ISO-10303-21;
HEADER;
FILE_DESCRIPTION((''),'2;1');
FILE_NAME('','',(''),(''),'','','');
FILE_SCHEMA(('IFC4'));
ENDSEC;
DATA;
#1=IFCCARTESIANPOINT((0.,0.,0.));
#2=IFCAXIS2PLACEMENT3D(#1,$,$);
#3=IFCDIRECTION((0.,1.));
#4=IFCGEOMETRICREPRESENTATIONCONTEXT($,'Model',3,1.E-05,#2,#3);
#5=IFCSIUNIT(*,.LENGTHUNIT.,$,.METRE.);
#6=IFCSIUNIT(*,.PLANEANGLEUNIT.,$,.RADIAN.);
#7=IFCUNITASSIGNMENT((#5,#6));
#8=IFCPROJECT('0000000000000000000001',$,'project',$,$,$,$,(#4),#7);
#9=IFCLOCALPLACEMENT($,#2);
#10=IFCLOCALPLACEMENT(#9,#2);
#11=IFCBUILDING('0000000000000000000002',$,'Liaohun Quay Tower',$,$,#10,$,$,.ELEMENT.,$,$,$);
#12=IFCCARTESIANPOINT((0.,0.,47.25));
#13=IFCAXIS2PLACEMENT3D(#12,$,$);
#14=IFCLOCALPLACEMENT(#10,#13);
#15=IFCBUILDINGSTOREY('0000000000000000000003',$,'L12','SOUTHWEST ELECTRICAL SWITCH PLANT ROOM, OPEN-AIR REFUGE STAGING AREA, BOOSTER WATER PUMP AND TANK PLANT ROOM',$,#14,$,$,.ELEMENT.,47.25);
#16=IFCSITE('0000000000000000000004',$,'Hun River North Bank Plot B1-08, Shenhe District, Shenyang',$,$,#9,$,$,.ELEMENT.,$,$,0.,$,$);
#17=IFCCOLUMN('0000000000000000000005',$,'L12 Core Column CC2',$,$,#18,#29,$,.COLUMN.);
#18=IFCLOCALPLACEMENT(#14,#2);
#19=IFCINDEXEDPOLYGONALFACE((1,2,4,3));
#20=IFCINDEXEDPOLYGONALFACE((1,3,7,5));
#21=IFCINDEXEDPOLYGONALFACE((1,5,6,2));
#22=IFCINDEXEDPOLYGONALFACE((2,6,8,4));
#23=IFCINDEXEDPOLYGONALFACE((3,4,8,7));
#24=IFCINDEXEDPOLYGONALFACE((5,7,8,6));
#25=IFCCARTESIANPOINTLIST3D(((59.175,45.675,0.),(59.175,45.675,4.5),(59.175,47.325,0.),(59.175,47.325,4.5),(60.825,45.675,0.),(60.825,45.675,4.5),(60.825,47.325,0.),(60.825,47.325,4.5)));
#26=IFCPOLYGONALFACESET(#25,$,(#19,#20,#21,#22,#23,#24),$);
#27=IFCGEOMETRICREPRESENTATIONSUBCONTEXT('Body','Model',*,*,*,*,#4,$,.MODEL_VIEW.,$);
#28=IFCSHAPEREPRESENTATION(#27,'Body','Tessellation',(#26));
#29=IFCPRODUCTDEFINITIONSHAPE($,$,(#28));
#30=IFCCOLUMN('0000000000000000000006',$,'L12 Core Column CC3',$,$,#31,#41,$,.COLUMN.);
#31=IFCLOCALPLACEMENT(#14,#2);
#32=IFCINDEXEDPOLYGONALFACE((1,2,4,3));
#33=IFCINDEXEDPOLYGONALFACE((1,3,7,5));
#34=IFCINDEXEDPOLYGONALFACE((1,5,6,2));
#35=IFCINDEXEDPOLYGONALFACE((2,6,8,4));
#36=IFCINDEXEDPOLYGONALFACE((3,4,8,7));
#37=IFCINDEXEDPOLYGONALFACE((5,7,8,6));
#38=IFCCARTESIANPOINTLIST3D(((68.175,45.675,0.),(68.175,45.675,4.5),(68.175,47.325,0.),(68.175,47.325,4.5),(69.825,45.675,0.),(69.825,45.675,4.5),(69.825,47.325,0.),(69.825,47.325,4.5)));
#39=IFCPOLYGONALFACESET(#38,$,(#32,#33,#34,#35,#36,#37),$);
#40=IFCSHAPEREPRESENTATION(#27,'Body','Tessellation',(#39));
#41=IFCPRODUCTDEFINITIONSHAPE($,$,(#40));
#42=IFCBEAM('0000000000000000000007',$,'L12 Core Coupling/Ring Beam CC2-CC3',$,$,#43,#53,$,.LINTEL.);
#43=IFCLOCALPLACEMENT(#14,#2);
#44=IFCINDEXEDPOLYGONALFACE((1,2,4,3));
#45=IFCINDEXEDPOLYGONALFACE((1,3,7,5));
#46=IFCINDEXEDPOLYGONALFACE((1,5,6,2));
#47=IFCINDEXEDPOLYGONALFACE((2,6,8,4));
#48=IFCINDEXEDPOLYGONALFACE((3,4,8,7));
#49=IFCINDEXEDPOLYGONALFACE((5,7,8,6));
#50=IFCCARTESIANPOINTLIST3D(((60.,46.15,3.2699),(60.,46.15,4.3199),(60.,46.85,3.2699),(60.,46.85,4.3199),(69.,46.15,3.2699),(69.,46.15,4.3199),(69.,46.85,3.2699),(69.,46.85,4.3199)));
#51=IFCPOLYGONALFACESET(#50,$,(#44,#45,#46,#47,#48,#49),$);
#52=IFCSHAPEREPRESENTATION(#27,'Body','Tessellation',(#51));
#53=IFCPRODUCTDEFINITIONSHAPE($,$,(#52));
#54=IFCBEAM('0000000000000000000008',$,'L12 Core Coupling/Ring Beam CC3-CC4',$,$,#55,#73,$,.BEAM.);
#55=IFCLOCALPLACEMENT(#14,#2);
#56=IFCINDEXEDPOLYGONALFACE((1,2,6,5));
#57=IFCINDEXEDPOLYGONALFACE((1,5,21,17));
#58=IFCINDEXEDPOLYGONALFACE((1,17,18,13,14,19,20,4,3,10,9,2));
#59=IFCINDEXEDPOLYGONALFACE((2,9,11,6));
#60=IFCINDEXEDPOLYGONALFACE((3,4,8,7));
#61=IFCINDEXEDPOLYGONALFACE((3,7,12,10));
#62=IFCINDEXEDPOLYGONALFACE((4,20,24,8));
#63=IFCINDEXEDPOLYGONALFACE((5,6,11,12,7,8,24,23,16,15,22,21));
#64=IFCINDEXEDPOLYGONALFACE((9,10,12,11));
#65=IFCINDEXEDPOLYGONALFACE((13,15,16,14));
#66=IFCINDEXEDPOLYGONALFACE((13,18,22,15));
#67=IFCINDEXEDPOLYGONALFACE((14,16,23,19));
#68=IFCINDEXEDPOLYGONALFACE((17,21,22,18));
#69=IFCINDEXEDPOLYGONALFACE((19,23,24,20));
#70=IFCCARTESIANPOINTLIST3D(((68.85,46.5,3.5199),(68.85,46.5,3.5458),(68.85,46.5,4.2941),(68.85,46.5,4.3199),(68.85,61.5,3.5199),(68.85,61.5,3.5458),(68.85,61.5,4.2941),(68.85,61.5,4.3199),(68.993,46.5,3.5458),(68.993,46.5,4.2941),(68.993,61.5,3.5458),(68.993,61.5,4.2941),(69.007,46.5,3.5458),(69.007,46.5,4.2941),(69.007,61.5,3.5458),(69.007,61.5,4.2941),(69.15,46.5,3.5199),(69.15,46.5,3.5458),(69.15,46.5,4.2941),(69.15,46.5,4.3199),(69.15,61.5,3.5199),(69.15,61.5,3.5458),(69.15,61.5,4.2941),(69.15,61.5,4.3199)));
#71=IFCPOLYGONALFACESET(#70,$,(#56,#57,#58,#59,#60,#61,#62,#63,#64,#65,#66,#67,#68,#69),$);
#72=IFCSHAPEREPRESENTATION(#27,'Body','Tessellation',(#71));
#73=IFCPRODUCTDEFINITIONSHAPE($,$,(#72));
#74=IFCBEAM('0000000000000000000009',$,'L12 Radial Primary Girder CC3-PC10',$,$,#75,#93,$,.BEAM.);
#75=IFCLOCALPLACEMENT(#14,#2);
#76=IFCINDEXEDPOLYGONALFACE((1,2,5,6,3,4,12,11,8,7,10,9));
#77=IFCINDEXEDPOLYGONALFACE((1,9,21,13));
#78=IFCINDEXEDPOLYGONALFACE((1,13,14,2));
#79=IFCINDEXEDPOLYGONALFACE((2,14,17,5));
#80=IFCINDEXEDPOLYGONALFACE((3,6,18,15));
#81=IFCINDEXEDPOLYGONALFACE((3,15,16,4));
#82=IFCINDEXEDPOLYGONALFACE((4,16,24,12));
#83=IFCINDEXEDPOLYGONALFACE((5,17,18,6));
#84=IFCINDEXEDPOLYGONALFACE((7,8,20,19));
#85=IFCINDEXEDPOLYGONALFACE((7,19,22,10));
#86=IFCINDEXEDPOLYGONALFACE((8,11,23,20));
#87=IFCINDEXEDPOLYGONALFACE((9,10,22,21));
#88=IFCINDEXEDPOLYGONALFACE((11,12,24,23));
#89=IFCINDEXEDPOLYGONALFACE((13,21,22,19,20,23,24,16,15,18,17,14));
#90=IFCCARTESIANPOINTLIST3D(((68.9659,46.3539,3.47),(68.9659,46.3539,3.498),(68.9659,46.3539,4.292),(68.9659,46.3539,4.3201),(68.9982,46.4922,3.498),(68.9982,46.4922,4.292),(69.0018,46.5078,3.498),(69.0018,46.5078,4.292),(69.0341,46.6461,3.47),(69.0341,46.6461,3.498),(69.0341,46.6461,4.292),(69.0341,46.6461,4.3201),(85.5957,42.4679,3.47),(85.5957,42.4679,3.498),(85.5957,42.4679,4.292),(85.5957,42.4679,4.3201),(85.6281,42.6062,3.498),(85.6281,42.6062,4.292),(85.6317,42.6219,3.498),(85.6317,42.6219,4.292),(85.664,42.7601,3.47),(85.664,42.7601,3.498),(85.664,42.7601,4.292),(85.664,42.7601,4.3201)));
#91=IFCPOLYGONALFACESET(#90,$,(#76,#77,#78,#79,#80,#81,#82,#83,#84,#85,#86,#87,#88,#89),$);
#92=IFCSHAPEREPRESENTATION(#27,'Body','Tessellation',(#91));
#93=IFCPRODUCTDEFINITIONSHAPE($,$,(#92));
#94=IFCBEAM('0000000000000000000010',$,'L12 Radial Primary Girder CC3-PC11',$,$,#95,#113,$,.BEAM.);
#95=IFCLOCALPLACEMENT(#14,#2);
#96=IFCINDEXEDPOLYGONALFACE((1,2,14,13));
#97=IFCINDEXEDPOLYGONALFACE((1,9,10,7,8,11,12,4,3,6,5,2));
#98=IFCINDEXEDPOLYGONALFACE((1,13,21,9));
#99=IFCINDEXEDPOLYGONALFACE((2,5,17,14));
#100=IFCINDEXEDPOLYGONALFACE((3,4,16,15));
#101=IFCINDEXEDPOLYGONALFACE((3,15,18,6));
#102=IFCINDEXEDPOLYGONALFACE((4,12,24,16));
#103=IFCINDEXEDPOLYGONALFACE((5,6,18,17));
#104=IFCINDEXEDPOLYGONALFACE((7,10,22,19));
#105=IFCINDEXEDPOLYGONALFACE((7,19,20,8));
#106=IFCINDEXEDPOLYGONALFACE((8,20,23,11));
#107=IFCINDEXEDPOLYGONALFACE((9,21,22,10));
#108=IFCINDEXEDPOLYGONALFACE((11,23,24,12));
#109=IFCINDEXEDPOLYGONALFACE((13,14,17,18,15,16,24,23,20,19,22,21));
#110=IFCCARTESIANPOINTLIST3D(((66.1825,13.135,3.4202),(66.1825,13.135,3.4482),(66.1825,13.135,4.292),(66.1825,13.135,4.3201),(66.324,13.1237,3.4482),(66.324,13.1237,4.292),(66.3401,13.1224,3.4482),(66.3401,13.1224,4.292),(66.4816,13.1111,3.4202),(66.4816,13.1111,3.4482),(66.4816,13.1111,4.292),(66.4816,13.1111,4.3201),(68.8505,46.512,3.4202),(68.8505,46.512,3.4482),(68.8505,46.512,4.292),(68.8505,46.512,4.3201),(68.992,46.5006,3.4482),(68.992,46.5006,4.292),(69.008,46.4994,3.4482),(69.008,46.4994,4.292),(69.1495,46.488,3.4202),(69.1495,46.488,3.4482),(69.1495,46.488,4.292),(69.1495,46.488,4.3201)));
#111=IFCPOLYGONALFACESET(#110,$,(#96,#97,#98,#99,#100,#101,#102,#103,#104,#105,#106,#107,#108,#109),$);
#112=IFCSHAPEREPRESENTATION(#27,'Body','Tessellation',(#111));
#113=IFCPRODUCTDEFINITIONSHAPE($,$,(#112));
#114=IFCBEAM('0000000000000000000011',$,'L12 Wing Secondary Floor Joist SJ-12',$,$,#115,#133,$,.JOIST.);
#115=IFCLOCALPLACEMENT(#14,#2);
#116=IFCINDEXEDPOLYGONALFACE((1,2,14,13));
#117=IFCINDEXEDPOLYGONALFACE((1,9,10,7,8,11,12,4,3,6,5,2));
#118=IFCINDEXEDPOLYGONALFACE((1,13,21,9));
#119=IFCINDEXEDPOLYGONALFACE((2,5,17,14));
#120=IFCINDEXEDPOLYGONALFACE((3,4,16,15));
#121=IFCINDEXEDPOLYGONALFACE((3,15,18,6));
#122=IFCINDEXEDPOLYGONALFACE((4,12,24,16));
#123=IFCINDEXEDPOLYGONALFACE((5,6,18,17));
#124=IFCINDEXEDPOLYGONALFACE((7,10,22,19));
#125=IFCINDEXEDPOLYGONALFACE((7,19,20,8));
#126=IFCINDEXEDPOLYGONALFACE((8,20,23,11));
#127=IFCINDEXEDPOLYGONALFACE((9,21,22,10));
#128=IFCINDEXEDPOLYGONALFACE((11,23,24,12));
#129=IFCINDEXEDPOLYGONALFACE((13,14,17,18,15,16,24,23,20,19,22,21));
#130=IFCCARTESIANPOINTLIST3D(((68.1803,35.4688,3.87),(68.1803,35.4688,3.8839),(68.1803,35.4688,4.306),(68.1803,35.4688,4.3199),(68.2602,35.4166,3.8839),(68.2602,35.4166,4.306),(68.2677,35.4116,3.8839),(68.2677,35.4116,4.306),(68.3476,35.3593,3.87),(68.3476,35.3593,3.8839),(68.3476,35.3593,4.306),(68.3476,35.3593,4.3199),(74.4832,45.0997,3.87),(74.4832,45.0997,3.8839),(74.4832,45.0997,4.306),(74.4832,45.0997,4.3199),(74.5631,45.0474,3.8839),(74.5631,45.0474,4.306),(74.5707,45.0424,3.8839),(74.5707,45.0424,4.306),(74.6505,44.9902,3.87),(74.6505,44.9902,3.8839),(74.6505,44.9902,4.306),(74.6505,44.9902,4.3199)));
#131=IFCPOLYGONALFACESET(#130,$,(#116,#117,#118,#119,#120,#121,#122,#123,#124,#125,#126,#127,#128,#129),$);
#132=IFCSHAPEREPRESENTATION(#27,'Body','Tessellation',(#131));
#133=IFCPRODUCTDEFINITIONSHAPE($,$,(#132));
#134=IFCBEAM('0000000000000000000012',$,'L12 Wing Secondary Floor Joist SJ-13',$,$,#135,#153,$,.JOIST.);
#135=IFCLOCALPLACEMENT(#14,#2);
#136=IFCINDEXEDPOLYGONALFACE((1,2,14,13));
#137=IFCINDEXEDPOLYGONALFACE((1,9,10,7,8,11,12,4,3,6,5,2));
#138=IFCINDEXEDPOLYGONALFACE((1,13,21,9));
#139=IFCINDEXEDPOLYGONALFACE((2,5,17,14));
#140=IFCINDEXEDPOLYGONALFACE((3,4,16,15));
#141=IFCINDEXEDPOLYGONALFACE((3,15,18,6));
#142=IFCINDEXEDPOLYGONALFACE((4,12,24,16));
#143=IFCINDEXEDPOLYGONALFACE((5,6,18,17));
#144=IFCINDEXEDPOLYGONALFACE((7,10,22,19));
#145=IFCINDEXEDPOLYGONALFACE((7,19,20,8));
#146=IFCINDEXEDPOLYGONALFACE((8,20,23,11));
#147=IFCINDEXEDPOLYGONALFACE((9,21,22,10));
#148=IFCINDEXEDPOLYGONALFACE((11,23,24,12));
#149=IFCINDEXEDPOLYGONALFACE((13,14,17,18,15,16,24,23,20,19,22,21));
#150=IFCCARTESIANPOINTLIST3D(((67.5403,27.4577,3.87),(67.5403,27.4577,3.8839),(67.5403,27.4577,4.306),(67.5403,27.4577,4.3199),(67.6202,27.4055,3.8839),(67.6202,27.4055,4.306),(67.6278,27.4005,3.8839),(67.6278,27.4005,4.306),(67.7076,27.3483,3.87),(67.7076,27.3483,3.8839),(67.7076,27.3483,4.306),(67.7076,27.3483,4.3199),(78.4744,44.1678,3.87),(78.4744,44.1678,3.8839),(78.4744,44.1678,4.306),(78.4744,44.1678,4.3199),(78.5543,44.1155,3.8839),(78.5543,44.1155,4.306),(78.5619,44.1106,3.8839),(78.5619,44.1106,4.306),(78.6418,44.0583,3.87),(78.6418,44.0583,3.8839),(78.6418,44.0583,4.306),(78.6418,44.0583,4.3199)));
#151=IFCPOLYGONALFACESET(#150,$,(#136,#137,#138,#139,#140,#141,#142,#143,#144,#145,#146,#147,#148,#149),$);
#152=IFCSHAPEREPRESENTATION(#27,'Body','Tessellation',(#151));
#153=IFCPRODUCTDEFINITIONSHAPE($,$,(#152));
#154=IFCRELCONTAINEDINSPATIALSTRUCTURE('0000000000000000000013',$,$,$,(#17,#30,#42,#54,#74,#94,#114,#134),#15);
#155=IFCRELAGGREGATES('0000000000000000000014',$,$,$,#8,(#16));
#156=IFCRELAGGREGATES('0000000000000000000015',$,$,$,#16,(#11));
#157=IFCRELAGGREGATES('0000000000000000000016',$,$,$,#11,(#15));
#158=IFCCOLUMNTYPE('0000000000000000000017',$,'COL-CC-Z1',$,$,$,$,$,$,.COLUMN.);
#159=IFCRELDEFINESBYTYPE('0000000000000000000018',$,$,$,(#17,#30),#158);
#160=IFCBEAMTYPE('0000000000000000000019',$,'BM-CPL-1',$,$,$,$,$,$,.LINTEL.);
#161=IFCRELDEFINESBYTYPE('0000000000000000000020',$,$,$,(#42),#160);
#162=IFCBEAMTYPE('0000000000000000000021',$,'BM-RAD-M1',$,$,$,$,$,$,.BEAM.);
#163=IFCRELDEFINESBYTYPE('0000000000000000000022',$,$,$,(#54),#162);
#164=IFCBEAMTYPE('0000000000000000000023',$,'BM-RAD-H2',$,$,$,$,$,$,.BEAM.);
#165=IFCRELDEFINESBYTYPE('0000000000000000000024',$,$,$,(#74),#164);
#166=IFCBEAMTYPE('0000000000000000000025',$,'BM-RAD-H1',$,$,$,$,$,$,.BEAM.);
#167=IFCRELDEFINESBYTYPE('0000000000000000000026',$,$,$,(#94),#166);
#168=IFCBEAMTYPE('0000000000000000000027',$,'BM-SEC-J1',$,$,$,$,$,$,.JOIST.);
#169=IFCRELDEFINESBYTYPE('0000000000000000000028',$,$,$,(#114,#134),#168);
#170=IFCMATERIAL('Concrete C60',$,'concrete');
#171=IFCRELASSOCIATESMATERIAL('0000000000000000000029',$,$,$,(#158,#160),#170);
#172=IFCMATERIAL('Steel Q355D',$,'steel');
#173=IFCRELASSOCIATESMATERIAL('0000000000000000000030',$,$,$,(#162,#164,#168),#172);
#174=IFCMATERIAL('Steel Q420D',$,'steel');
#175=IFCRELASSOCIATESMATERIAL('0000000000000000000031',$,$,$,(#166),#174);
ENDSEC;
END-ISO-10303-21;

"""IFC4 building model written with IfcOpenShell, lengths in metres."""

from ifc_helpers import new_model, si_unit, direction, frame, origin, origin_2d, place, context, subcontext, project, spatial, rectangle, i_section, extrude, source, transform, mapped, material, material_profile, profile_set, type_object, element, save


model = new_model("IFC4")

# Units and contexts
model_context = context("Model", 3, precision=1e-05, world=origin(), true_north=direction((0.0, 1.0)))
body_context = subcontext(model_context, "Body", "Model", "MODEL_VIEW")
ifc_project = project(units=[si_unit("LENGTHUNIT", "METRE"), si_unit("PLANEANGLEUNIT", "RADIAN")], contexts=[model_context])

# Site, building, storey
site_placement = place(None, origin())
site = spatial("IfcSite", under=ifc_project, at=site_placement, Name="Hun River North Bank Plot B1-08, Shenhe District, Shenyang", CompositionType="ELEMENT", RefElevation=0.0)
building_placement = place(site_placement, origin())
building = spatial("IfcBuilding", under=site, at=building_placement, Name="Liaohun Quay Tower", CompositionType="ELEMENT")
storey_placement = place(building_placement, frame((0.0, 0.0, 47.25)))
storey = spatial("IfcBuildingStorey", under=building, at=storey_placement, Name="L12", Description="SOUTHWEST ELECTRICAL SWITCH PLANT ROOM, OPEN-AIR REFUGE STAGING AREA, BOOSTER WATER PUMP AND TANK PLANT ROOM", CompositionType="ELEMENT", Elevation=47.25)

# Columns
ifc_material_1 = material(Name="Concrete C60", Category="concrete")
ifc_material_profile_1 = material_profile(ifc_material_1, rectangle(XDim=1.6499, YDim=1.6499, at=origin_2d()), Name="RC1650x1650")
ifc_profile_set_1 = profile_set([ifc_material_profile_1], Name="Concrete C60")
column_type = type_object("IfcColumnType", Name="COL-CC-Z1", PredefinedType="COLUMN", material=ifc_profile_set_1)
shared_shape_1 = source(origin(), body_context, "Body", "SweptSolid", [
    extrude(rectangle(XDim=1.6499, YDim=1.6499, at=origin_2d()), origin(), (0.0, 0.0, 1.0), 4.5),
])
for number, where, z_axis, x_axis, name in (
    (1, (60.0, 46.5, 0.0), (0.0, 0.0, 1.0), (1.0, 0.0, 0.0), "L12 Core Column CC2"),
    (2, (69.0, 46.5, 0.0), (0.0, 0.0, 1.0), (1.0, 0.0, 0.0), "L12 Core Column CC3"),
):
    element("IfcColumn", number, at=place(storey_placement, frame(where, z_axis=z_axis, x_axis=x_axis)), inside=storey, type_object=column_type, Name=name, PredefinedType="COLUMN", context=body_context, shape_type="MappedRepresentation", body=[
        mapped(shared_shape_1, transform((0.0, 0.0, 0.0), x_axis=(1.0, 0.0, 0.0), y_axis=(0.0, 1.0, 0.0), z_axis=(0.0, 0.0, 1.0), scale=1.0)),
    ])

# Beams
ifc_material_profile_2 = material_profile(ifc_material_1, rectangle(XDim=0.7, YDim=1.05, at=origin_2d()), Name="RC700x1050")
ifc_profile_set_2 = profile_set([ifc_material_profile_2], Name="Concrete C60")
beam_type_1 = type_object("IfcBeamType", Name="BM-CPL-1", PredefinedType="LINTEL", material=ifc_profile_set_2)
shared_shape_2 = source(origin(), body_context, "Body", "SweptSolid", [
    extrude(rectangle(XDim=0.7, YDim=1.05, at=origin_2d()), origin(), (0.0, 0.0, 1.0), 9.0),
])
beam_1_placement = place(storey_placement, frame((60.0, 46.5, 3.7949), z_axis=(1.0, 0.0, 0.0), x_axis=(0.0, 1.0, 0.0)))
element("IfcBeam", 3, at=beam_1_placement, inside=storey, type_object=beam_type_1, Name="L12 Core Coupling/Ring Beam CC2-CC3", PredefinedType="LINTEL", context=body_context, shape_type="MappedRepresentation", body=[
    mapped(shared_shape_2, transform((0.0, 0.0, 0.0), x_axis=(1.0, 0.0, 0.0), y_axis=(0.0, 1.0, 0.0), z_axis=(0.0, 0.0, 1.0), scale=1.0)),
])
ifc_material_2 = material(Name="Steel Q355D", Category="steel")
ifc_material_profile_3 = material_profile(ifc_material_2, i_section(OverallWidth=0.3, OverallDepth=0.8, WebThickness=0.0139, FlangeThickness=0.0259, at=origin_2d()), Name="HN800x300x14x26")
ifc_profile_set_3 = profile_set([ifc_material_profile_3], Name="Steel Q355D")
beam_type_2 = type_object("IfcBeamType", Name="BM-RAD-M1", PredefinedType="BEAM", material=ifc_profile_set_3)
shared_shape_3 = source(origin(), body_context, "Body", "SweptSolid", [
    extrude(i_section(OverallWidth=0.3, OverallDepth=0.8, WebThickness=0.0139, FlangeThickness=0.0259, at=origin_2d()), origin(), (0.0, 0.0, 1.0), 15.0),
])
beam_2_placement = place(storey_placement, frame((69.0, 46.5, 3.9199), z_axis=(0.0, 1.0, 0.0), x_axis=(-1.0, 0.0, 0.0)))
element("IfcBeam", 4, at=beam_2_placement, inside=storey, type_object=beam_type_2, Name="L12 Core Coupling/Ring Beam CC3-CC4", PredefinedType="BEAM", context=body_context, shape_type="MappedRepresentation", body=[
    mapped(shared_shape_3, transform((0.0, 0.0, 0.0), x_axis=(1.0, 0.0, 0.0), y_axis=(0.0, 1.0, 0.0), z_axis=(0.0, 0.0, 1.0), scale=1.0)),
])
ifc_material_profile_4 = material_profile(ifc_material_2, i_section(OverallWidth=0.3, OverallDepth=0.8501, WebThickness=0.0161, FlangeThickness=0.0281, at=origin_2d()), Name="HN850x300x16x28")
ifc_profile_set_4 = profile_set([ifc_material_profile_4], Name="Steel Q355D")
beam_type_3 = type_object("IfcBeamType", Name="BM-RAD-H2", PredefinedType="BEAM", material=ifc_profile_set_4)
shared_shape_4 = source(origin(), body_context, "Body", "SweptSolid", [
    extrude(i_section(OverallWidth=0.3, OverallDepth=0.8501, WebThickness=0.0161, FlangeThickness=0.0281, at=origin_2d()), origin(), (0.0, 0.0, 1.0), 17.0779),
])
beam_3_placement = place(storey_placement, frame((69.0, 46.5, 3.895), z_axis=(0.973768, -0.227545, 0.0), x_axis=(0.227545, 0.973768, 0.0)))
element("IfcBeam", 5, at=beam_3_placement, inside=storey, type_object=beam_type_3, Name="L12 Radial Primary Girder CC3-PC10", PredefinedType="BEAM", context=body_context, shape_type="MappedRepresentation", body=[
    mapped(shared_shape_4, transform((0.0, 0.0, 0.0), x_axis=(1.0, 0.0, 0.0), y_axis=(0.0, 1.0, 0.0), z_axis=(0.0, 0.0, 1.0), scale=1.0)),
])
ifc_material_3 = material(Name="Steel Q420D", Category="steel")
ifc_material_profile_5 = material_profile(ifc_material_3, i_section(OverallWidth=0.3, OverallDepth=0.8999, WebThickness=0.0161, FlangeThickness=0.0281, at=origin_2d()), Name="HN900x300x16x28")
ifc_profile_set_5 = profile_set([ifc_material_profile_5], Name="Steel Q420D")
beam_type_4 = type_object("IfcBeamType", Name="BM-RAD-H1", PredefinedType="BEAM", material=ifc_profile_set_5)
shared_shape_5 = source(origin(), body_context, "Body", "SweptSolid", [
    extrude(i_section(OverallWidth=0.3, OverallDepth=0.8999, WebThickness=0.0161, FlangeThickness=0.0281, at=origin_2d()), origin(), (0.0, 0.0, 1.0), 33.4834),
])
beam_4_placement = place(storey_placement, frame((69.0, 46.5, 3.8701), z_axis=(-0.07968, -0.99682, 0.0), x_axis=(0.99682, -0.07968, 0.0)))
element("IfcBeam", 6, at=beam_4_placement, inside=storey, type_object=beam_type_4, Name="L12 Radial Primary Girder CC3-PC11", PredefinedType="BEAM", context=body_context, shape_type="MappedRepresentation", body=[
    mapped(shared_shape_5, transform((0.0, 0.0, 0.0), x_axis=(1.0, 0.0, 0.0), y_axis=(0.0, 1.0, 0.0), z_axis=(0.0, 0.0, 1.0), scale=1.0)),
])
ifc_material_profile_6 = material_profile(ifc_material_2, i_section(OverallWidth=0.2, OverallDepth=0.45, WebThickness=0.009, FlangeThickness=0.0139, at=origin_2d()), Name="HN450x200x9x14")
ifc_profile_set_6 = profile_set([ifc_material_profile_6], Name="Steel Q355D")
beam_type_5 = type_object("IfcBeamType", Name="BM-SEC-J1", PredefinedType="JOIST", material=ifc_profile_set_6)
shared_shape_6 = source(origin(), body_context, "Body", "SweptSolid", [
    extrude(i_section(OverallWidth=0.2, OverallDepth=0.45, WebThickness=0.009, FlangeThickness=0.0139, at=origin_2d()), origin(), (0.0, 0.0, 1.0), 11.51),
])
beam_5_placement = place(storey_placement, frame((74.5669, 45.0449, 4.095), z_axis=(-0.547607, -0.836736, 0.0), x_axis=(0.836736, -0.547607, 0.0)))
element("IfcBeam", 7, at=beam_5_placement, inside=storey, type_object=beam_type_5, Name="L12 Wing Secondary Floor Joist SJ-12", PredefinedType="JOIST", context=body_context, shape_type="MappedRepresentation", body=[
    mapped(shared_shape_6, transform((0.0, 0.0, 0.0), x_axis=(1.0, 0.0, 0.0), y_axis=(0.0, 1.0, 0.0), z_axis=(0.0, 0.0, 1.0), scale=1.0)),
])
shared_shape_7 = source(origin(), body_context, "Body", "SweptSolid", [
    extrude(i_section(OverallWidth=0.2, OverallDepth=0.45, WebThickness=0.009, FlangeThickness=0.0139, at=origin_2d()), origin(), (0.0, 0.0, 1.0), 19.9695),
])
beam_6_placement = place(storey_placement, frame((78.5581, 44.113, 4.095), z_axis=(-0.547542, -0.836778, 0.0), x_axis=(0.836778, -0.547542, 0.0)))
element("IfcBeam", 8, at=beam_6_placement, inside=storey, type_object=beam_type_5, Name="L12 Wing Secondary Floor Joist SJ-13", PredefinedType="JOIST", context=body_context, shape_type="MappedRepresentation", body=[
    mapped(shared_shape_7, transform((0.0, 0.0, 0.0), x_axis=(1.0, 0.0, 0.0), y_axis=(0.0, 1.0, 0.0), z_axis=(0.0, 0.0, 1.0), scale=1.0)),
])

save(model, "model.ifc")
